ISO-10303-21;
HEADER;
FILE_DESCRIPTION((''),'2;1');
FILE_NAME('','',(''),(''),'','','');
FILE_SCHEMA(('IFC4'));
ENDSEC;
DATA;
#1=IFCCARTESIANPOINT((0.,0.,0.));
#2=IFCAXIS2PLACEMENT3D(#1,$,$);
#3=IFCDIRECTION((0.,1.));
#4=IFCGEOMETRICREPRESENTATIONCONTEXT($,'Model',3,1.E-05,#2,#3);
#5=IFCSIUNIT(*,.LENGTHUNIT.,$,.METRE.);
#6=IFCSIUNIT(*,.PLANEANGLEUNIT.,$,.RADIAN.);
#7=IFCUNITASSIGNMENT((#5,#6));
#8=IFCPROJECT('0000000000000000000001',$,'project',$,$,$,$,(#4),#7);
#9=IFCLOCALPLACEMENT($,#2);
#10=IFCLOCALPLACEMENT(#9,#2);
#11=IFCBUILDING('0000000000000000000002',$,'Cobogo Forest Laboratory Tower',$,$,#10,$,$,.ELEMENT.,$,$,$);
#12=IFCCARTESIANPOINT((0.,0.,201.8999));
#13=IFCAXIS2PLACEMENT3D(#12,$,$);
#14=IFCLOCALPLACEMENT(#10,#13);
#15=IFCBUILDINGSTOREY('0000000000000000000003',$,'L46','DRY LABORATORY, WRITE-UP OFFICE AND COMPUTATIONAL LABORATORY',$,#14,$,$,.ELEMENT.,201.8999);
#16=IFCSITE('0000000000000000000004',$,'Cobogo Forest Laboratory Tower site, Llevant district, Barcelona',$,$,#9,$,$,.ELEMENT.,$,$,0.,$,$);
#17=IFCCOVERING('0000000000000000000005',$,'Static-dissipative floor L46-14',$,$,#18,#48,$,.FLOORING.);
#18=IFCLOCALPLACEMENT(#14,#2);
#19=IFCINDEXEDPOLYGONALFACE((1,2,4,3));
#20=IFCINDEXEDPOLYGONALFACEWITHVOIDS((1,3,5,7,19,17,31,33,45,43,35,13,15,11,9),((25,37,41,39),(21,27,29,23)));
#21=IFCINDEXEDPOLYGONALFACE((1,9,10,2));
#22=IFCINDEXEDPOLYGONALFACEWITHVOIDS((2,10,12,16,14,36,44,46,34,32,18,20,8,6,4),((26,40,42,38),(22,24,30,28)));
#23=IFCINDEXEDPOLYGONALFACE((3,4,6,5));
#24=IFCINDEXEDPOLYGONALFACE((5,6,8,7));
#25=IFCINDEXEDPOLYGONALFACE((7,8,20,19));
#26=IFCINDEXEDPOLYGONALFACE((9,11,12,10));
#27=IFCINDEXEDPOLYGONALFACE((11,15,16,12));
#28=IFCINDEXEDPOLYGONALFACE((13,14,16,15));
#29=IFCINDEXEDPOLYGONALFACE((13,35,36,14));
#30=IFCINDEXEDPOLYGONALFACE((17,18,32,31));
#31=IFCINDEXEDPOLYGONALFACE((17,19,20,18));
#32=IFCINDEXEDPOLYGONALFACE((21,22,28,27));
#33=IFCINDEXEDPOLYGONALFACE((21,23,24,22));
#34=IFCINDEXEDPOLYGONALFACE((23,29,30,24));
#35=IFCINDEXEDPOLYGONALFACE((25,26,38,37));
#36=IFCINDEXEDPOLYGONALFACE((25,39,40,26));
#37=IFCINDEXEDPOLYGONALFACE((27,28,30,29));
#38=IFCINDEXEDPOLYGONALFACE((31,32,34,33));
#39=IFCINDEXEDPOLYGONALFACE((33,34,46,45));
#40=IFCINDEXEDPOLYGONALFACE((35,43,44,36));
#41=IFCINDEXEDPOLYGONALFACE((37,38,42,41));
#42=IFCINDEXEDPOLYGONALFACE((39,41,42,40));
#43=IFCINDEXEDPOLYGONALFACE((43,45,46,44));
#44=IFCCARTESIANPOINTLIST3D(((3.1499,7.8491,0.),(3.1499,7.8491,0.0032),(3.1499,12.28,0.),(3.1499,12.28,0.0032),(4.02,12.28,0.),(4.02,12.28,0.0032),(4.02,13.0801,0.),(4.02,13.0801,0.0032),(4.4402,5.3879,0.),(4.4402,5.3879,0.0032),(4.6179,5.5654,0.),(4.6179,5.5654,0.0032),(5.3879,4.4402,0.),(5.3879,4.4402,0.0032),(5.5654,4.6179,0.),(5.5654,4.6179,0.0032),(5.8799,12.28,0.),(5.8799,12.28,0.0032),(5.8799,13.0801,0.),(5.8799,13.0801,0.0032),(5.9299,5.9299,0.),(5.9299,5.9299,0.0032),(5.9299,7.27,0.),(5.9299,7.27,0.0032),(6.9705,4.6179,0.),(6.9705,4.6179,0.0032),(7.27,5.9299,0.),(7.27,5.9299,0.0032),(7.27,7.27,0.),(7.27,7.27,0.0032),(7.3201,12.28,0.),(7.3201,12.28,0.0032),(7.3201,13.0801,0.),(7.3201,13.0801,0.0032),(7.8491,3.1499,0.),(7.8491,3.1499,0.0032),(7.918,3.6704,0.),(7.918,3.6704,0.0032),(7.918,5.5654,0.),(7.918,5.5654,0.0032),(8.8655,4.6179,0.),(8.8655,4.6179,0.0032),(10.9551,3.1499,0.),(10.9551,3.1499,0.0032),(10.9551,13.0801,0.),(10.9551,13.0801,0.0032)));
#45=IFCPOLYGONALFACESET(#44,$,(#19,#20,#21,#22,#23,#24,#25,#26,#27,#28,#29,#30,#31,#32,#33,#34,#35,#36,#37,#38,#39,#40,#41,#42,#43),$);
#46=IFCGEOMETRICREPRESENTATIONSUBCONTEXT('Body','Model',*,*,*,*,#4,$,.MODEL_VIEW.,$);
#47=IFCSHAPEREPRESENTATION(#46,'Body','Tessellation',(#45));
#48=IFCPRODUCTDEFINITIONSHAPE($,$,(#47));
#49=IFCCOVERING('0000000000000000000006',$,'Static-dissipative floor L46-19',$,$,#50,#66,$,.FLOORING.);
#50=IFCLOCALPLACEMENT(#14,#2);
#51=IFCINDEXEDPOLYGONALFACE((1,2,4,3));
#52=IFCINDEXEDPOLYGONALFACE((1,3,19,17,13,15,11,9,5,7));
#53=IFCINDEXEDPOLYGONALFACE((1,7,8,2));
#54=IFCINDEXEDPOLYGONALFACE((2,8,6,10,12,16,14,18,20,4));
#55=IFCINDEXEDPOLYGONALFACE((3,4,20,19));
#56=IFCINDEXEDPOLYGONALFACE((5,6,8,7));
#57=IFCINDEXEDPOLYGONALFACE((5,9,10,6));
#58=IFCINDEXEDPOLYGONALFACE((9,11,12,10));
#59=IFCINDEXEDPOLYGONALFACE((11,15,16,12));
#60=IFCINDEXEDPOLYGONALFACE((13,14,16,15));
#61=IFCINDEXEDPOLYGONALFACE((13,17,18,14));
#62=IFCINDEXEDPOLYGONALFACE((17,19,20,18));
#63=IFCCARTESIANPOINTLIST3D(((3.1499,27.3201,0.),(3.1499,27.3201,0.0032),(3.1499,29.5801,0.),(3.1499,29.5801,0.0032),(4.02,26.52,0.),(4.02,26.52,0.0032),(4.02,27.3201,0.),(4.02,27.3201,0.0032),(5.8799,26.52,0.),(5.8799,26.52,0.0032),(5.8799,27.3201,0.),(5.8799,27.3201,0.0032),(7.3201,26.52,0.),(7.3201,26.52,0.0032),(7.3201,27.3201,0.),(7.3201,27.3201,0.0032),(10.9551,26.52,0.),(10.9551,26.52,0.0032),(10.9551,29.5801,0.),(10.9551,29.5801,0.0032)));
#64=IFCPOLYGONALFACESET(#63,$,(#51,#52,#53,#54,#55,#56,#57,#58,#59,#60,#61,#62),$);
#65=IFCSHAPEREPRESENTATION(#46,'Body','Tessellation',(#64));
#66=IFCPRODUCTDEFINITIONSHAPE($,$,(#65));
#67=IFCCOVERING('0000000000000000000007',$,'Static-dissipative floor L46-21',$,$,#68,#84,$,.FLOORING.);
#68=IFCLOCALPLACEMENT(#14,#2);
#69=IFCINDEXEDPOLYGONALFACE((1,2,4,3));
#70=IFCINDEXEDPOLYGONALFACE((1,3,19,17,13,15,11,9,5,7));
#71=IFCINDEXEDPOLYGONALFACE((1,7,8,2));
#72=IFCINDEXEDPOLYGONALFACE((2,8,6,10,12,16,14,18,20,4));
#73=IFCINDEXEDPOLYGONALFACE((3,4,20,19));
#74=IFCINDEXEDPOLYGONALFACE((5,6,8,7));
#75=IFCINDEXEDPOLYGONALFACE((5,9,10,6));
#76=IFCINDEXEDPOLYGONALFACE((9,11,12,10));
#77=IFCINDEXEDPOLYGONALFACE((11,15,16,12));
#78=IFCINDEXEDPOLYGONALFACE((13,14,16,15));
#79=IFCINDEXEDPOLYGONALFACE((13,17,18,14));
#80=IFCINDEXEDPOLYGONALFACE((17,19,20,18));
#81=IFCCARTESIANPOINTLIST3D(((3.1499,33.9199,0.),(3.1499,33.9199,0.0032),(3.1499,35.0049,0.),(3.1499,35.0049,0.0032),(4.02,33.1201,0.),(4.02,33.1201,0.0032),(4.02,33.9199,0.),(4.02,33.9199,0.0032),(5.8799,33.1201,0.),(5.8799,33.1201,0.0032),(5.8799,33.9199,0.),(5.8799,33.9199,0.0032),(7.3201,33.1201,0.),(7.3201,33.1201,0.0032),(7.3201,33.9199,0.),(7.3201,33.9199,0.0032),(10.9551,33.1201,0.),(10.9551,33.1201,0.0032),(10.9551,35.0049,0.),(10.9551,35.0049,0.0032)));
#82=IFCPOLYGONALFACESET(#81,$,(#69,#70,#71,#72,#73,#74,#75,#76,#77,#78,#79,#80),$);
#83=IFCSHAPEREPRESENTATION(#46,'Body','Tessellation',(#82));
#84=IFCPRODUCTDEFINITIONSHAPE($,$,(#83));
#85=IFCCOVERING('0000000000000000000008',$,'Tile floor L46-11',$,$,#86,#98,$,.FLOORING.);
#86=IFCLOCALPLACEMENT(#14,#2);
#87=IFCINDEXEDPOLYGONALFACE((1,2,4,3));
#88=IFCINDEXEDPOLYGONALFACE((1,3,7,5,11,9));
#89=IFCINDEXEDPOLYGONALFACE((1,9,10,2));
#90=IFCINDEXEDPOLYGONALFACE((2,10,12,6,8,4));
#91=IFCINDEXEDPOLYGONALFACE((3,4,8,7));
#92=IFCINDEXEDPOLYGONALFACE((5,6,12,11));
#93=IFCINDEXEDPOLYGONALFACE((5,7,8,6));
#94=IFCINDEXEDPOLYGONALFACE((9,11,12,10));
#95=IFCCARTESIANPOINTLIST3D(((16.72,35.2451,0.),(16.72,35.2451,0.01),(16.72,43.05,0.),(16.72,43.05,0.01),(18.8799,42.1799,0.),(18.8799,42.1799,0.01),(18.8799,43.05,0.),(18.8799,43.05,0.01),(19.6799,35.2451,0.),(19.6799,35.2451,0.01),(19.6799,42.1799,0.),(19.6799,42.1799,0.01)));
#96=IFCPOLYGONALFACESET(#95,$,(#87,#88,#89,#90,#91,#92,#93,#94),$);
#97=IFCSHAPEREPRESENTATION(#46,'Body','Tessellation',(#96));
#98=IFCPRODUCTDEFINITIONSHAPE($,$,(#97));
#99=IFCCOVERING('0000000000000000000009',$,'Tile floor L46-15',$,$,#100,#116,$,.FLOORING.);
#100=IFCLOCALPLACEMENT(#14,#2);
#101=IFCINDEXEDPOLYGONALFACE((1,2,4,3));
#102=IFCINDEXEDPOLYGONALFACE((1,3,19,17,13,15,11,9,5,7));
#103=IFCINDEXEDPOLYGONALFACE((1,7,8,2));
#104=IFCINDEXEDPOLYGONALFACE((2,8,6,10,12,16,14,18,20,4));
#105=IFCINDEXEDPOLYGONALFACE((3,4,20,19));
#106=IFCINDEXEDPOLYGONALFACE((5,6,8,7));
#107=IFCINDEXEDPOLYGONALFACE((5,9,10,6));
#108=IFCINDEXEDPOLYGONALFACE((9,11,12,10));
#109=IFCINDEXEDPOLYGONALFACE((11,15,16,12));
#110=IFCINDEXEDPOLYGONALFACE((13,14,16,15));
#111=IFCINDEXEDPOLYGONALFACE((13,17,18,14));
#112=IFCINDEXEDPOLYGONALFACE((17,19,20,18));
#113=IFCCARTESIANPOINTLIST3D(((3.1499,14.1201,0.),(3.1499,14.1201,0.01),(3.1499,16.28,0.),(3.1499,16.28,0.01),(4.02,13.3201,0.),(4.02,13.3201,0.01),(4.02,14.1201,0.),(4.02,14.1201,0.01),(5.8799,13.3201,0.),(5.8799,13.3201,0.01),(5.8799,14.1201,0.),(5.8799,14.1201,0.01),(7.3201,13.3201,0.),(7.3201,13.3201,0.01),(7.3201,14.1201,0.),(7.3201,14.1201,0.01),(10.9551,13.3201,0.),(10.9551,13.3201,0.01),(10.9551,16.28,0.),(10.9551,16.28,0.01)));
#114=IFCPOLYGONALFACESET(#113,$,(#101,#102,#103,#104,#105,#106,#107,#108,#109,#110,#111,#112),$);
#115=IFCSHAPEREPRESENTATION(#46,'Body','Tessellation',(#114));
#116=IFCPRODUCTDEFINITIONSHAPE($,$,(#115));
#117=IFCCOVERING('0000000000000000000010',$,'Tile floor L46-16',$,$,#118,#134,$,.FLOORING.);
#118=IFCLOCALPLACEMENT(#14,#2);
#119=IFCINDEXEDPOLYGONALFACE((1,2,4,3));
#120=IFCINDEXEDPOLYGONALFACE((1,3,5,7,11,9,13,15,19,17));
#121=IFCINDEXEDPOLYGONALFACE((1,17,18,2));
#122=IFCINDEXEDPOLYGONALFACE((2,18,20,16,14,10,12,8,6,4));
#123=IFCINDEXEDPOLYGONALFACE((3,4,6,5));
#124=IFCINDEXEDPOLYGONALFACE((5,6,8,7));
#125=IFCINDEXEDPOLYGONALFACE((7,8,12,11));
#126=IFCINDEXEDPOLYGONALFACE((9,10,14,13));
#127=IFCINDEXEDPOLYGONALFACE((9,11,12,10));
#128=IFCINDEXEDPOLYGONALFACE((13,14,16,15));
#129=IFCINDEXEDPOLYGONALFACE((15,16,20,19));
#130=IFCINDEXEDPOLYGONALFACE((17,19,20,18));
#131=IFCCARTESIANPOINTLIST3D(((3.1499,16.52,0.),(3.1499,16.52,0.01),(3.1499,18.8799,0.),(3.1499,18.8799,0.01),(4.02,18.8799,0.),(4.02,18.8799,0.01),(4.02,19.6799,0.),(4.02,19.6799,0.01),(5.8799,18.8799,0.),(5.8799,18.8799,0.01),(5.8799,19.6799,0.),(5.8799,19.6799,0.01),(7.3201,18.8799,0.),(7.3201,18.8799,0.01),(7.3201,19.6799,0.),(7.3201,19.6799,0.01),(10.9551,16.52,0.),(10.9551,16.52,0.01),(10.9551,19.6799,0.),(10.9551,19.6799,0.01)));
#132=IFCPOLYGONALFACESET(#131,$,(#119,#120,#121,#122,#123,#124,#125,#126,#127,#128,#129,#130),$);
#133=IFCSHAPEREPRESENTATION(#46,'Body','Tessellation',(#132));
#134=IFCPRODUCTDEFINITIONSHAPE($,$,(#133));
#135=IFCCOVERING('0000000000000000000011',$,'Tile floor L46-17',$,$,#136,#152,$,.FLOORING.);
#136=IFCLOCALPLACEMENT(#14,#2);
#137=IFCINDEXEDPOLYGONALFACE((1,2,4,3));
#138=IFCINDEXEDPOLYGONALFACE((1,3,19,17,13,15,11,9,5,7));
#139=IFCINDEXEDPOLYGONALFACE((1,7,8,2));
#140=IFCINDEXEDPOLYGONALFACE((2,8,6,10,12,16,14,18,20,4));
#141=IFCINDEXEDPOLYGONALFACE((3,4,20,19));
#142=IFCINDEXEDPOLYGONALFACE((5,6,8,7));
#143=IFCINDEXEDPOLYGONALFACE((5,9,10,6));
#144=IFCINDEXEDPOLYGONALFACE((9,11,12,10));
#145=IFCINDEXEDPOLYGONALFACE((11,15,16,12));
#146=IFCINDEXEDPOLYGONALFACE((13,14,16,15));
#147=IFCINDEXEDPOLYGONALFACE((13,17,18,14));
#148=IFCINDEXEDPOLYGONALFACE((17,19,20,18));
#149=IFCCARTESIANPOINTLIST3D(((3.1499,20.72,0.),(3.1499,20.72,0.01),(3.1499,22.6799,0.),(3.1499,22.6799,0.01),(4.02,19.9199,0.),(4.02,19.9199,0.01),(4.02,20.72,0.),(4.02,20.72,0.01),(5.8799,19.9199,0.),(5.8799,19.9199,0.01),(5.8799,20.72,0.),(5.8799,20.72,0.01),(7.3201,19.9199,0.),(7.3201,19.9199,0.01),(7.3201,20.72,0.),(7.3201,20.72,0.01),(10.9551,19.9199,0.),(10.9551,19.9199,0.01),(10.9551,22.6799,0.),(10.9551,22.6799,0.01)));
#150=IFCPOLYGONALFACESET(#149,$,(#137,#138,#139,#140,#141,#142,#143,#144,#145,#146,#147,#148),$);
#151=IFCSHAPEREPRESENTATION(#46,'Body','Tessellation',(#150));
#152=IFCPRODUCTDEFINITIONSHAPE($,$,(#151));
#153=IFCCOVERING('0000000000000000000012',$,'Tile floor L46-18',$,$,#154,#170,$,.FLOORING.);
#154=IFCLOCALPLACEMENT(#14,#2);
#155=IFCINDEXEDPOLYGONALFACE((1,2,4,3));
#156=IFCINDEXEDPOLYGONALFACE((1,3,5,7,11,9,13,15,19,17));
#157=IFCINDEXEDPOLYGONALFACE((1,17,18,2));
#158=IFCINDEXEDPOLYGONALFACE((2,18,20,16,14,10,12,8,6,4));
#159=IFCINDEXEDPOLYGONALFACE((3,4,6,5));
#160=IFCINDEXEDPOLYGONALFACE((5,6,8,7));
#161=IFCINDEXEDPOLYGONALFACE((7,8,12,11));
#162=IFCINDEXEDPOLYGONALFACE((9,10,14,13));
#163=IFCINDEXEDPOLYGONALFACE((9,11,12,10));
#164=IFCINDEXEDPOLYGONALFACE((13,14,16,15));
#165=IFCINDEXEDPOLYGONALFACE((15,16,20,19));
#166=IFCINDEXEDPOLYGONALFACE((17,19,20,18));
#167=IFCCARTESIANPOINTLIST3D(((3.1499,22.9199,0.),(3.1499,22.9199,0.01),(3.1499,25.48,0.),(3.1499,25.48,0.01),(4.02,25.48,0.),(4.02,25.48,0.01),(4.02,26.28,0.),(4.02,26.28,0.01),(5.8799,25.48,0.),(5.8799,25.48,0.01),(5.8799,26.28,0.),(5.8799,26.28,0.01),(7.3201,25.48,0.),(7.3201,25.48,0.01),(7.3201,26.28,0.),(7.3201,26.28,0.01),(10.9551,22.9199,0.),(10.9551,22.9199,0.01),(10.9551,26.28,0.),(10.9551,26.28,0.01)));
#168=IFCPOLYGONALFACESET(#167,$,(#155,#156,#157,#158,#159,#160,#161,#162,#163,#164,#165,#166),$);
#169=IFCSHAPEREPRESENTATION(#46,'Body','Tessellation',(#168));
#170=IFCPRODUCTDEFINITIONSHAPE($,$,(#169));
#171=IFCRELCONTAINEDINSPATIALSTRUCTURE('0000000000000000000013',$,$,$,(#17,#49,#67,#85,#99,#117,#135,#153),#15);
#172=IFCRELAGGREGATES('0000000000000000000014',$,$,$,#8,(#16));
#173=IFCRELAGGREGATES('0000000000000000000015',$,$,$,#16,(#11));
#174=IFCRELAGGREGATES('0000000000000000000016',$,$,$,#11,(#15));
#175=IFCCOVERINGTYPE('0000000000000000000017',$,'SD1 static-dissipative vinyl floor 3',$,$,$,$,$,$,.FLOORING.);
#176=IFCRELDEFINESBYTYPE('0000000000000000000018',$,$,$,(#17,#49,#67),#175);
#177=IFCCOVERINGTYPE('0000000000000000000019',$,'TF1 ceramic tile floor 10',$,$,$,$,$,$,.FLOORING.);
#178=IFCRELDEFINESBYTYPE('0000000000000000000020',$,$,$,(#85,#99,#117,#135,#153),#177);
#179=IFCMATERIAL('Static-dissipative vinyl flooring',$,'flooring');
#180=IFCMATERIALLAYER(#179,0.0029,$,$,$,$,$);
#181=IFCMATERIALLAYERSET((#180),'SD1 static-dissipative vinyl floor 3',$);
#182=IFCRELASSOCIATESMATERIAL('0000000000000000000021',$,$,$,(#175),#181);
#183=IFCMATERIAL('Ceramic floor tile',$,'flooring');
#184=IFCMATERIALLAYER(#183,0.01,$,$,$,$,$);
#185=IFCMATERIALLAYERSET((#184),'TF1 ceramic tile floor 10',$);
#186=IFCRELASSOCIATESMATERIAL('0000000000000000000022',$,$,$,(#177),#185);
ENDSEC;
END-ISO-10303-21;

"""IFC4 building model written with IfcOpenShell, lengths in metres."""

from ifc_helpers import new_model, si_unit, direction, frame, origin, place, context, subcontext, project, spatial, polyline, outline, extrude, material, layer, layer_set, type_object, element, save


model = new_model("IFC4")

# Units and contexts
model_context = context("Model", 3, precision=1e-05, world=origin(), true_north=direction((0.0, 1.0)))
body_context = subcontext(model_context, "Body", "Model", "MODEL_VIEW")
ifc_project = project(units=[si_unit("LENGTHUNIT", "METRE"), si_unit("PLANEANGLEUNIT", "RADIAN")], contexts=[model_context])

# Site, building, storey
site_placement = place(None, origin())
site = spatial("IfcSite", under=ifc_project, at=site_placement, Name="Cobogo Forest Laboratory Tower site, Llevant district, Barcelona", CompositionType="ELEMENT", RefElevation=0.0)
building_placement = place(site_placement, origin())
building = spatial("IfcBuilding", under=site, at=building_placement, Name="Cobogo Forest Laboratory Tower", CompositionType="ELEMENT")
storey_placement = place(building_placement, frame((0.0, 0.0, 201.8999)))
storey = spatial("IfcBuildingStorey", under=building, at=storey_placement, Name="L46", Description="DRY LABORATORY, WRITE-UP OFFICE AND COMPUTATIONAL LABORATORY", CompositionType="ELEMENT", Elevation=201.8999)

# Coverings
ifc_material_1 = material(Name="Static-dissipative vinyl flooring", Category="flooring")
ifc_layer_1 = layer(ifc_material_1, 0.0029)
ifc_layer_set_1 = layer_set([ifc_layer_1], Name="SD1 static-dissipative vinyl floor 3")
covering_type_1 = type_object("IfcCoveringType", Name="SD1 static-dissipative vinyl floor 3", PredefinedType="FLOORING", material=ifc_layer_set_1)
covering_1_placement = place(storey_placement, origin())
element("IfcCovering", 1, at=covering_1_placement, inside=storey, type_object=covering_type_1, Name="Static-dissipative floor L46-14", PredefinedType="FLOORING", context=body_context, shape_type="SweptSolid", body=[
    extrude(outline(polyline([(10.9551, 3.1499), (7.8491, 3.1499), (5.3879, 4.4402), (5.5654, 4.6179), (4.6179, 5.5654), (4.4402, 5.3879), (3.1499, 7.8491), (3.1499, 12.28), (4.02, 12.28), (4.02, 13.0801), (5.8799, 13.0801), (5.8799, 12.28), (7.3201, 12.28), (7.3201, 13.0801), (10.9551, 13.0801), (10.9551, 3.1499)]), holes=[polyline([(7.918, 3.6704), (8.8655, 4.6179), (7.918, 5.5654), (6.9705, 4.6179), (7.918, 3.6704)]), polyline([(5.9299, 5.9299), (7.27, 5.9299), (7.27, 7.27), (5.9299, 7.27), (5.9299, 5.9299)])]), origin(), (0.0, 0.0, 1.0), 0.0032),
])
covering_2_placement = place(storey_placement, origin())
element("IfcCovering", 2, at=covering_2_placement, inside=storey, type_object=covering_type_1, Name="Static-dissipative floor L46-19", PredefinedType="FLOORING", context=body_context, shape_type="SweptSolid", body=[
    extrude(outline(polyline([(10.9551, 26.52), (7.3201, 26.52), (7.3201, 27.3201), (5.8799, 27.3201), (5.8799, 26.52), (4.02, 26.52), (4.02, 27.3201), (3.1499, 27.3201), (3.1499, 29.5801), (10.9551, 29.5801), (10.9551, 26.52)])), origin(), (0.0, 0.0, 1.0), 0.0032),
])
covering_3_placement = place(storey_placement, origin())
element("IfcCovering", 3, at=covering_3_placement, inside=storey, type_object=covering_type_1, Name="Static-dissipative floor L46-21", PredefinedType="FLOORING", context=body_context, shape_type="SweptSolid", body=[
    extrude(outline(polyline([(10.9551, 33.1201), (7.3201, 33.1201), (7.3201, 33.9199), (5.8799, 33.9199), (5.8799, 33.1201), (4.02, 33.1201), (4.02, 33.9199), (3.1499, 33.9199), (3.1499, 35.0049), (10.9551, 35.0049), (10.9551, 33.1201)])), origin(), (0.0, 0.0, 1.0), 0.0032),
])
ifc_material_2 = material(Name="Ceramic floor tile", Category="flooring")
ifc_layer_2 = layer(ifc_material_2, 0.01)
ifc_layer_set_2 = layer_set([ifc_layer_2], Name="TF1 ceramic tile floor 10")
covering_type_2 = type_object("IfcCoveringType", Name="TF1 ceramic tile floor 10", PredefinedType="FLOORING", material=ifc_layer_set_2)
covering_4_placement = place(storey_placement, origin())
element("IfcCovering", 4, at=covering_4_placement, inside=storey, type_object=covering_type_2, Name="Tile floor L46-11", PredefinedType="FLOORING", context=body_context, shape_type="SweptSolid", body=[
    extrude(outline(polyline([(16.72, 35.2451), (16.72, 43.05), (18.8799, 43.05), (18.8799, 42.1799), (19.6799, 42.1799), (19.6799, 35.2451), (16.72, 35.2451)])), origin(), (0.0, 0.0, 1.0), 0.01),
])
covering_5_placement = place(storey_placement, origin())
element("IfcCovering", 5, at=covering_5_placement, inside=storey, type_object=covering_type_2, Name="Tile floor L46-15", PredefinedType="FLOORING", context=body_context, shape_type="SweptSolid", body=[
    extrude(outline(polyline([(10.9551, 13.3201), (7.3201, 13.3201), (7.3201, 14.1201), (5.8799, 14.1201), (5.8799, 13.3201), (4.02, 13.3201), (4.02, 14.1201), (3.1499, 14.1201), (3.1499, 16.28), (10.9551, 16.28), (10.9551, 13.3201)])), origin(), (0.0, 0.0, 1.0), 0.01),
])
covering_6_placement = place(storey_placement, origin())
element("IfcCovering", 6, at=covering_6_placement, inside=storey, type_object=covering_type_2, Name="Tile floor L46-16", PredefinedType="FLOORING", context=body_context, shape_type="SweptSolid", body=[
    extrude(outline(polyline([(10.9551, 16.52), (3.1499, 16.52), (3.1499, 18.8799), (4.02, 18.8799), (4.02, 19.6799), (5.8799, 19.6799), (5.8799, 18.8799), (7.3201, 18.8799), (7.3201, 19.6799), (10.9551, 19.6799), (10.9551, 16.52)])), origin(), (0.0, 0.0, 1.0), 0.01),
])
covering_7_placement = place(storey_placement, origin())
element("IfcCovering", 7, at=covering_7_placement, inside=storey, type_object=covering_type_2, Name="Tile floor L46-17", PredefinedType="FLOORING", context=body_context, shape_type="SweptSolid", body=[
    extrude(outline(polyline([(10.9551, 19.9199), (7.3201, 19.9199), (7.3201, 20.72), (5.8799, 20.72), (5.8799, 19.9199), (4.02, 19.9199), (4.02, 20.72), (3.1499, 20.72), (3.1499, 22.6799), (10.9551, 22.6799), (10.9551, 19.9199)])), origin(), (0.0, 0.0, 1.0), 0.01),
])
covering_8_placement = place(storey_placement, origin())
element("IfcCovering", 8, at=covering_8_placement, inside=storey, type_object=covering_type_2, Name="Tile floor L46-18", PredefinedType="FLOORING", context=body_context, shape_type="SweptSolid", body=[
    extrude(outline(polyline([(10.9551, 22.9199), (3.1499, 22.9199), (3.1499, 25.48), (4.02, 25.48), (4.02, 26.28), (5.8799, 26.28), (5.8799, 25.48), (7.3201, 25.48), (7.3201, 26.28), (10.9551, 26.28), (10.9551, 22.9199)])), origin(), (0.0, 0.0, 1.0), 0.01),
])

save(model, "model.ifc")
